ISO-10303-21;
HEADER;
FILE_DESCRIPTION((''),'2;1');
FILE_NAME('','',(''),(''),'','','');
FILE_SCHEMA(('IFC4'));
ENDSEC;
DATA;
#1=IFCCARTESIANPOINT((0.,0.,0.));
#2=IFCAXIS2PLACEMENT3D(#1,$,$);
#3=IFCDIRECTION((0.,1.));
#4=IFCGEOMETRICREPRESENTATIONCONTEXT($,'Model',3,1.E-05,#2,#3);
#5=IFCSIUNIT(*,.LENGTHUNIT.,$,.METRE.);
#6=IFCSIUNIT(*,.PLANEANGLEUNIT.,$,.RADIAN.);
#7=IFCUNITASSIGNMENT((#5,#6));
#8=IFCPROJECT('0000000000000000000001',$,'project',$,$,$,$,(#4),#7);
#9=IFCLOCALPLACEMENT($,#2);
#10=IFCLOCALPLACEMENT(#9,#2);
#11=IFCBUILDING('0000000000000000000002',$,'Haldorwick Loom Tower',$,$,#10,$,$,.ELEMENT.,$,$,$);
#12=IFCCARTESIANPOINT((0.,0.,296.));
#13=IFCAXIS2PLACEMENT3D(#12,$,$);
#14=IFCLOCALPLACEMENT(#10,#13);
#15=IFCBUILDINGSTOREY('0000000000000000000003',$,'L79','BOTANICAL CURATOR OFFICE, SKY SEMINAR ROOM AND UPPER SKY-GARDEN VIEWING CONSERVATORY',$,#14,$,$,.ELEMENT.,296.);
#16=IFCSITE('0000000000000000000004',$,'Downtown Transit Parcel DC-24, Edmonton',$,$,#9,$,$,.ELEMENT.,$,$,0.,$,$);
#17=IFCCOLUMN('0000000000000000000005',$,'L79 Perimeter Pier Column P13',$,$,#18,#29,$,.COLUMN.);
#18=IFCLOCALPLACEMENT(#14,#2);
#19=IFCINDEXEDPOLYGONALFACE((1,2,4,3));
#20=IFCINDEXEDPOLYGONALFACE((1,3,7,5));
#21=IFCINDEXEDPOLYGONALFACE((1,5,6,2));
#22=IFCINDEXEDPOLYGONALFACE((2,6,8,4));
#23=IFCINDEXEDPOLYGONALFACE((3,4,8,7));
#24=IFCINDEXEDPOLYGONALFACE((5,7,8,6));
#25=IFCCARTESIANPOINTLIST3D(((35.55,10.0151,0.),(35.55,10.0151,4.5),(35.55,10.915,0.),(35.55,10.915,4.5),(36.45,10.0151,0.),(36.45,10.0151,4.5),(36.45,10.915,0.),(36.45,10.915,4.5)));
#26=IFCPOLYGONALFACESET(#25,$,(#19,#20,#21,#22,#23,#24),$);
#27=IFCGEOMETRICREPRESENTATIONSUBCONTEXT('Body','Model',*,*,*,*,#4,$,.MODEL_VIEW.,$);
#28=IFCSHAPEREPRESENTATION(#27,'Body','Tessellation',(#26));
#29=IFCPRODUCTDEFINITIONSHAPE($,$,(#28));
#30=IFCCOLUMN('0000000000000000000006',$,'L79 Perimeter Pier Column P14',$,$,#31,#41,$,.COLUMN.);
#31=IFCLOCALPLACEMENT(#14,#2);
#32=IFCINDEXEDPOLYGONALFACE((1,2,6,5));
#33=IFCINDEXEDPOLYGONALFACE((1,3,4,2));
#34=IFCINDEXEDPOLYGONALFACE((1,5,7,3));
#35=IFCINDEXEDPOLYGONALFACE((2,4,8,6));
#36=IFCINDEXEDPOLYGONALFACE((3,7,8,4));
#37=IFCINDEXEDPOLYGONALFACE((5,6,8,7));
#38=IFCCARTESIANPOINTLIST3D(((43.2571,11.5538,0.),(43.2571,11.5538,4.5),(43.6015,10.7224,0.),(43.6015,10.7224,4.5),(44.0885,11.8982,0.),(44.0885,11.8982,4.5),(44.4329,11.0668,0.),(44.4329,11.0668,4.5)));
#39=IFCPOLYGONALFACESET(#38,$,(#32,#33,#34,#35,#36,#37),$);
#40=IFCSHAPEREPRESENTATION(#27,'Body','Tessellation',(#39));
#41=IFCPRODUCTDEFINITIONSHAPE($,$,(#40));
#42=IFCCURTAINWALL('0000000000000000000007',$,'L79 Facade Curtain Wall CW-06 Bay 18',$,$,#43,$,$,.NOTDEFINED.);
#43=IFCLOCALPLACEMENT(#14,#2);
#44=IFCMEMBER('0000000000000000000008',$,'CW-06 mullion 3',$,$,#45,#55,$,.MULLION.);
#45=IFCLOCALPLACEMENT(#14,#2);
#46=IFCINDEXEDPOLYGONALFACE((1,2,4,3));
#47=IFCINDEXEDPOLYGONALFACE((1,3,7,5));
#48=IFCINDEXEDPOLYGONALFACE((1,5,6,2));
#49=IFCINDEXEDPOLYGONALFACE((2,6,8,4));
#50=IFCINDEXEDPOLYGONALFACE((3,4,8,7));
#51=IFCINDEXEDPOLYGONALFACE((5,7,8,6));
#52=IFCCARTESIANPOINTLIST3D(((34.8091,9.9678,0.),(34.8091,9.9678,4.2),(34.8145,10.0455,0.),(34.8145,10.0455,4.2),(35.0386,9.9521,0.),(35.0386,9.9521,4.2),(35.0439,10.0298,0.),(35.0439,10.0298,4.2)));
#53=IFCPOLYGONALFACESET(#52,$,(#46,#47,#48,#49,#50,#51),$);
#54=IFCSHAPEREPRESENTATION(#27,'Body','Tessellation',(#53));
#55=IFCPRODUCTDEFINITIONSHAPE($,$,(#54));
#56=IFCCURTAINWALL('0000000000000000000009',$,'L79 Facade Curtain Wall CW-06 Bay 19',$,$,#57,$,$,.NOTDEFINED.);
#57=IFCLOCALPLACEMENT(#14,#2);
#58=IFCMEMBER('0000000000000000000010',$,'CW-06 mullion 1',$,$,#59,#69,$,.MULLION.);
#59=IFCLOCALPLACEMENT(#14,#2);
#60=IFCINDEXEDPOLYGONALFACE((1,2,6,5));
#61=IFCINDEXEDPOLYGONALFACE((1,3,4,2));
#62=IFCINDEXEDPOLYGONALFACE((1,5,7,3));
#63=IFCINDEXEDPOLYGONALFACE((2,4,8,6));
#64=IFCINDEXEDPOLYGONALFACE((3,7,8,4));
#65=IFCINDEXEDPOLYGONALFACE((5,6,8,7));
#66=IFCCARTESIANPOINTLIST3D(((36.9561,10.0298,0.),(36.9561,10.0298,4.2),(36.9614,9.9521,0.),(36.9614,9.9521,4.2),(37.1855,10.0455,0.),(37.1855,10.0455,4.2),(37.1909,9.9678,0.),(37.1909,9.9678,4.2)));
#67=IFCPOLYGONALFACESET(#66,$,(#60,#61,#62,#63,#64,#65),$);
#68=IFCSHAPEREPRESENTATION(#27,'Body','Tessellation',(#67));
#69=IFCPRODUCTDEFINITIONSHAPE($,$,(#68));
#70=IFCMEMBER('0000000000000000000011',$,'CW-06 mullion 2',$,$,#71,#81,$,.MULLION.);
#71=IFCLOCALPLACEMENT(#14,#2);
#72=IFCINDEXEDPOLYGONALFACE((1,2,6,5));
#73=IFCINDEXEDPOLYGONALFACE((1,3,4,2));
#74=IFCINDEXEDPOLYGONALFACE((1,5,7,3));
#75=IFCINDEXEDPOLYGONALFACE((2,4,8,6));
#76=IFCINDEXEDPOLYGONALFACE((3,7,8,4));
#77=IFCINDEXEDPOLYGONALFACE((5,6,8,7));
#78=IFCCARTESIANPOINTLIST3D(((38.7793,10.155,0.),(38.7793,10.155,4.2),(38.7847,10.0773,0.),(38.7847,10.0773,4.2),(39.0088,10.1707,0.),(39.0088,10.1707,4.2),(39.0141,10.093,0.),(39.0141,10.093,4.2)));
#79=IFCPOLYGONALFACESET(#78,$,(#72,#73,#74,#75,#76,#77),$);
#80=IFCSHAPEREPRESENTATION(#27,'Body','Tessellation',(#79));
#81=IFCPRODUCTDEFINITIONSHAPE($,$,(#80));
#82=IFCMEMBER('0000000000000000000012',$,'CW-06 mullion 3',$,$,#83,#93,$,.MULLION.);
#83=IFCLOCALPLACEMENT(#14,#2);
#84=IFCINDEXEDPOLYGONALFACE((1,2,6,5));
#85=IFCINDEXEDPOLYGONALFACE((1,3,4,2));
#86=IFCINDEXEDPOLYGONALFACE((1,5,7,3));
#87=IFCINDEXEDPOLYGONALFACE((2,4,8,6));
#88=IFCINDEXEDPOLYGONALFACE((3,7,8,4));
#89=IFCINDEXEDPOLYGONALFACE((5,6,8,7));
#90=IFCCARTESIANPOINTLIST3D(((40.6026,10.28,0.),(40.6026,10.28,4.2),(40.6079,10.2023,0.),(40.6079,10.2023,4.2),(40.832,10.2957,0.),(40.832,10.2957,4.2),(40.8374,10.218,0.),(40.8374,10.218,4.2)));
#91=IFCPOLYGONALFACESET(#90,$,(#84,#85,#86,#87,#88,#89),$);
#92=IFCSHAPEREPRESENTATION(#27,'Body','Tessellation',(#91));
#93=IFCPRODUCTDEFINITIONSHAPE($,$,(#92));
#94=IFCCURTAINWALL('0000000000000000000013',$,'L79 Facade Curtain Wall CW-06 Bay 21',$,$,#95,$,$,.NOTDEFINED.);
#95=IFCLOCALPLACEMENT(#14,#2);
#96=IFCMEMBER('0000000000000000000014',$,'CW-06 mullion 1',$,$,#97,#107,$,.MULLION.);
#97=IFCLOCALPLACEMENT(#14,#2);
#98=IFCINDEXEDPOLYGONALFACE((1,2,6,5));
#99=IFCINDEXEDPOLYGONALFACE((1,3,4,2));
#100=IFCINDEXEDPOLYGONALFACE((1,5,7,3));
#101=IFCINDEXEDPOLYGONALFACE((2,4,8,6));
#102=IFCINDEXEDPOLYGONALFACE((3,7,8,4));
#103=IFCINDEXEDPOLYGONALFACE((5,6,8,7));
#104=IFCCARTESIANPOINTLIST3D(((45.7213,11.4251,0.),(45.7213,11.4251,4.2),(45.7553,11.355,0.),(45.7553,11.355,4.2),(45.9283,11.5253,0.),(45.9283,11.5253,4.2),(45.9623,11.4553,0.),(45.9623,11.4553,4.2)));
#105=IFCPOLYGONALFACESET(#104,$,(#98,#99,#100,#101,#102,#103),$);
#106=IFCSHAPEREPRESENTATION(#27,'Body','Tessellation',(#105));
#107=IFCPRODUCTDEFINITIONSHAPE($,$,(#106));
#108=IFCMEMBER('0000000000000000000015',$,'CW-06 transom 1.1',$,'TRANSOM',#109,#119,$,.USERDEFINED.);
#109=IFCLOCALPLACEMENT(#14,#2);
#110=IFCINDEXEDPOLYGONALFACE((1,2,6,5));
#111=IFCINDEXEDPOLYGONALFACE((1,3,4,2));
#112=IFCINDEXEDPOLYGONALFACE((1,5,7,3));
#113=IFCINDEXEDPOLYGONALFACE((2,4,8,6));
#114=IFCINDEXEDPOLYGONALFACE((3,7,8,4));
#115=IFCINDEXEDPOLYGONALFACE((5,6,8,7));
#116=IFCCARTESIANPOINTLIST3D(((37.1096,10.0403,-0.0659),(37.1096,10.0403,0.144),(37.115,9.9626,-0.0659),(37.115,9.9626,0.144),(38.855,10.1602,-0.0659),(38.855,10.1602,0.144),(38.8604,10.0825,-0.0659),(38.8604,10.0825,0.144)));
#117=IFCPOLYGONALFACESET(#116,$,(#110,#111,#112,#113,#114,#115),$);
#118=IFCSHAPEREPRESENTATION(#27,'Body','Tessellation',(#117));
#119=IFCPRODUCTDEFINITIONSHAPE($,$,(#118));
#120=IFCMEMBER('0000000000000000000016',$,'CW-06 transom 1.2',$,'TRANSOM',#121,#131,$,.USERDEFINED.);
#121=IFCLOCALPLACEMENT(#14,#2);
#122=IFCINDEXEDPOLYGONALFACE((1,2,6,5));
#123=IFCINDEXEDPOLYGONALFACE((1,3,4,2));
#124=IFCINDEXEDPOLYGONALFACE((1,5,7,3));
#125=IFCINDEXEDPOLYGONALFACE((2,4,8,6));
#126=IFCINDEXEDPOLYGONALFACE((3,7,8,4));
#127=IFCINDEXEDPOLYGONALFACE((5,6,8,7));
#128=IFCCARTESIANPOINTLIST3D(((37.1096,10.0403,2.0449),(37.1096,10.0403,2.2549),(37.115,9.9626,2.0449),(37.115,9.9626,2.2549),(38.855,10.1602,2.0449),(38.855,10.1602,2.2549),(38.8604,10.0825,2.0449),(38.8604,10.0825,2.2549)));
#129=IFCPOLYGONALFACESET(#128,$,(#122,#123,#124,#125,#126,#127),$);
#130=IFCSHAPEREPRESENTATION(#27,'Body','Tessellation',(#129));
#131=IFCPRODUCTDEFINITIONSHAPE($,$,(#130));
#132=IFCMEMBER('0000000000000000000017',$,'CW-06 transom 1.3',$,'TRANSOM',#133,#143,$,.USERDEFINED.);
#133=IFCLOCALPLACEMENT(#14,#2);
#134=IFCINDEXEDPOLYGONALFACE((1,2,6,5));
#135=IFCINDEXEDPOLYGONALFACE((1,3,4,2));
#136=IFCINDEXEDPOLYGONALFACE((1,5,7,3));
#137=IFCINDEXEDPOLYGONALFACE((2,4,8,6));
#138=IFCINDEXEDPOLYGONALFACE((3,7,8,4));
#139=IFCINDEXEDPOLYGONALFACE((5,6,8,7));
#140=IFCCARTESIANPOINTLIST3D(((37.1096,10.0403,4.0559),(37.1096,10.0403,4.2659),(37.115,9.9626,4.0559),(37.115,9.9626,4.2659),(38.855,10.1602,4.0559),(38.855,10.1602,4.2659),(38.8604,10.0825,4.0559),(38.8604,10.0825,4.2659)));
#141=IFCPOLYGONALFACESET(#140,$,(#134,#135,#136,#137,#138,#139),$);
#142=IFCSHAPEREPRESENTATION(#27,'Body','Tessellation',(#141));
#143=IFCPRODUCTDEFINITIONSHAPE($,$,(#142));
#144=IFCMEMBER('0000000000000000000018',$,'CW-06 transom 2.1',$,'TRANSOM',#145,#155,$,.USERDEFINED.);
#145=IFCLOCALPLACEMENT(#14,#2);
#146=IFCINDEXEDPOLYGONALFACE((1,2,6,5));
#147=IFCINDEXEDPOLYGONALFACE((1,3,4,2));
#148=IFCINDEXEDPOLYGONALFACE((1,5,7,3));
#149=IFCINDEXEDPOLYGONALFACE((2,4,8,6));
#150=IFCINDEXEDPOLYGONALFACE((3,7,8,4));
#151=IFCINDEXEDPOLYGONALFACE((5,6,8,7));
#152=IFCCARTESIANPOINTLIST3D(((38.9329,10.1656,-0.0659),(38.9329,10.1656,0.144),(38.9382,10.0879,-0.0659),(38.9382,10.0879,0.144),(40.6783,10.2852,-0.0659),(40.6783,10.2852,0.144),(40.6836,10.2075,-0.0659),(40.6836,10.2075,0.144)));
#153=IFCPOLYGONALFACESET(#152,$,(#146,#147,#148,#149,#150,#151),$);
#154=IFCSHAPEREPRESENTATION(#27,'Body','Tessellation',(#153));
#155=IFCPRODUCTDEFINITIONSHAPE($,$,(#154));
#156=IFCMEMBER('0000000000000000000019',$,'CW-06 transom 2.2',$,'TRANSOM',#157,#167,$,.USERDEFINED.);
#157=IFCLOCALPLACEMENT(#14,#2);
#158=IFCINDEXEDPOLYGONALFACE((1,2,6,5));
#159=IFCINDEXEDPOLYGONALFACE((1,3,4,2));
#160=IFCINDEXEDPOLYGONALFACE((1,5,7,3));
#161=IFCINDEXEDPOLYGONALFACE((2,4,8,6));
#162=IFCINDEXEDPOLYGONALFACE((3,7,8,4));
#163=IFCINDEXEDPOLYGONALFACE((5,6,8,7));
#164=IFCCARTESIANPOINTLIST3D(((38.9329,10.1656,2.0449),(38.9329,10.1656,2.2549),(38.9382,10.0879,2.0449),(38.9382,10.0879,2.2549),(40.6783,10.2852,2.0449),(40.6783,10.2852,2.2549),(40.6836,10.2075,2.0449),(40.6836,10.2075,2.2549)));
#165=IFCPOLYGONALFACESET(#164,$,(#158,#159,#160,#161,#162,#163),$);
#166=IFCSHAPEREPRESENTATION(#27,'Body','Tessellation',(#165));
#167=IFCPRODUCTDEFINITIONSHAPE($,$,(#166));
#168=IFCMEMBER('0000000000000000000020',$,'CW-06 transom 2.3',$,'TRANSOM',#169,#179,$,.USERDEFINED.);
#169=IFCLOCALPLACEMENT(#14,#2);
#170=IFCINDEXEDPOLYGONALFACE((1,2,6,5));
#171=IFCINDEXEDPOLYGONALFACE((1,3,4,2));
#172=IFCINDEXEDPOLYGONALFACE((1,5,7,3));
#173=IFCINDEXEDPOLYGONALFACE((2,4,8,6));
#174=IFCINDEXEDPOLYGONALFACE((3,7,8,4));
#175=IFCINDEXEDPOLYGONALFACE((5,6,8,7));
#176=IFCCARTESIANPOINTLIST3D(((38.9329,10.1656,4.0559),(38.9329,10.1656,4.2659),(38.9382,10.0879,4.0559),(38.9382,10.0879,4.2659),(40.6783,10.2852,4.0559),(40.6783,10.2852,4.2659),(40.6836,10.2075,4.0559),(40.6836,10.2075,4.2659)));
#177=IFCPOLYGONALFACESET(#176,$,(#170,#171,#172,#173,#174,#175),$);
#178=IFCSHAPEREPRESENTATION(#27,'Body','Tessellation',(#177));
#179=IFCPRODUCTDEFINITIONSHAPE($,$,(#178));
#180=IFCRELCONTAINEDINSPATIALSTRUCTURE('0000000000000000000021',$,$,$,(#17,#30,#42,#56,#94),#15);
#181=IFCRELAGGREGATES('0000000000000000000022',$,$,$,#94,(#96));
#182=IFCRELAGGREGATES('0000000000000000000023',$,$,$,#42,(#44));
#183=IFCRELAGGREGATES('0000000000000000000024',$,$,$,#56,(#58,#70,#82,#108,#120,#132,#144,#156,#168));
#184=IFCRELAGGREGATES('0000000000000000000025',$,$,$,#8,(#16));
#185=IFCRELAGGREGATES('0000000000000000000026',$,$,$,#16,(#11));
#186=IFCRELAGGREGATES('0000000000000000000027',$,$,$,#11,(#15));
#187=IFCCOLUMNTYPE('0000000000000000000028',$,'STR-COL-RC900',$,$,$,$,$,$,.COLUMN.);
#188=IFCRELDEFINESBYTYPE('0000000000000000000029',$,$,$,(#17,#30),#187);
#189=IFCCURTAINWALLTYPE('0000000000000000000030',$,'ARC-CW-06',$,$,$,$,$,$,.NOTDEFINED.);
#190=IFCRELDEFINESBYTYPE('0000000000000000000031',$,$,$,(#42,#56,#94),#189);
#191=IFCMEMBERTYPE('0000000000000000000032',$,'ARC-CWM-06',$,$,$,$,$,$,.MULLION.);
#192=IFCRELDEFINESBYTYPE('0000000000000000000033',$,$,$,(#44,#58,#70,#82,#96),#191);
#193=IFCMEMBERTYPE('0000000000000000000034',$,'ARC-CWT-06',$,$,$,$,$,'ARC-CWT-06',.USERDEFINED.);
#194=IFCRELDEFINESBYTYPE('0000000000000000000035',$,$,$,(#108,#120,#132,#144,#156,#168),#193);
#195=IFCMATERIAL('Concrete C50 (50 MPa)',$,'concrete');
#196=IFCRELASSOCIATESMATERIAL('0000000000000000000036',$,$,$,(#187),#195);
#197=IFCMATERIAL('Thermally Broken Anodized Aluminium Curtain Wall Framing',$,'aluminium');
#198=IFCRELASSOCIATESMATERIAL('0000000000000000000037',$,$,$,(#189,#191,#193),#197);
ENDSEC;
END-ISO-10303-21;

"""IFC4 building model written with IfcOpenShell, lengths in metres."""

from ifc_helpers import new_model, si_unit, direction, frame, origin, origin_2d, place, context, subcontext, project, spatial, rectangle, extrude, material, material_profile, profile_set, type_object, element, aggregate, save


model = new_model("IFC4")

# Units and contexts
model_context = context("Model", 3, precision=1e-05, world=origin(), true_north=direction((0.0, 1.0)))
body_context = subcontext(model_context, "Body", "Model", "MODEL_VIEW")
ifc_project = project(units=[si_unit("LENGTHUNIT", "METRE"), si_unit("PLANEANGLEUNIT", "RADIAN")], contexts=[model_context])

# Site, building, storey
site_placement = place(None, origin())
site = spatial("IfcSite", under=ifc_project, at=site_placement, Name="Downtown Transit Parcel DC-24, Edmonton", CompositionType="ELEMENT", RefElevation=0.0)
building_placement = place(site_placement, origin())
building = spatial("IfcBuilding", under=site, at=building_placement, Name="Haldorwick Loom Tower", CompositionType="ELEMENT")
storey_placement = place(building_placement, frame((0.0, 0.0, 296.0)))
storey = spatial("IfcBuildingStorey", under=building, at=storey_placement, Name="L79", Description="BOTANICAL CURATOR OFFICE, SKY SEMINAR ROOM AND UPPER SKY-GARDEN VIEWING CONSERVATORY", CompositionType="ELEMENT", Elevation=296.0)

# Columns
ifc_material_1 = material(Name="Concrete C50 (50 MPa)", Category="concrete")
ifc_material_profile_1 = material_profile(ifc_material_1, rectangle(XDim=0.8999, YDim=0.8999, at=origin_2d()), Name="RC900X900", Category="concrete")
ifc_profile_set_1 = profile_set([ifc_material_profile_1], Name="Concrete C50 (50 MPa)")
column_type = type_object("IfcColumnType", Name="STR-COL-RC900", PredefinedType="COLUMN", material=ifc_profile_set_1)
for number, where, z_axis, x_axis, name in (
    (1, (36.0, 10.4651, 0.0), (0.0, 0.0, 1.0), (0.0, -1.0, 0.0), "L79 Perimeter Pier Column P13"),
    (2, (43.845, 11.3103, 0.0), (0.0, 0.0, 1.0), (0.382683, -0.92388, 0.0), "L79 Perimeter Pier Column P14"),
):
    element("IfcColumn", number, at=place(storey_placement, frame(where, z_axis=z_axis, x_axis=x_axis)), inside=storey, type_object=column_type, Name=name, PredefinedType="COLUMN", context=body_context, shape_type="SweptSolid", body=[
        extrude(rectangle(XDim=0.8999, YDim=0.8999, at=origin_2d()), origin(), (0.0, 0.0, 1.0), 4.5),
    ])

# Curtain wall, member
ifc_material_2 = material(Name="Thermally Broken Anodized Aluminium Curtain Wall Framing", Category="aluminium")
curtain_wall_type = type_object("IfcCurtainWallType", Name="ARC-CW-06", PredefinedType="NOTDEFINED", material=ifc_material_2)
curtain_wall_1_placement = place(storey_placement, origin())
curtain_wall_1 = element("IfcCurtainWall", 3, at=curtain_wall_1_placement, inside=storey, type_object=curtain_wall_type, Name="L79 Facade Curtain Wall CW-06 Bay 18", PredefinedType="NOTDEFINED")
ifc_material_profile_2 = material_profile(ifc_material_2, rectangle(XDim=0.0779, YDim=0.23, at=origin_2d()), Name="ALU_MUL_78X230", Category="aluminium")
ifc_profile_set_2 = profile_set([ifc_material_profile_2], Name="Thermally Broken Anodized Aluminium Curtain Wall Framing")
member_type_1 = type_object("IfcMemberType", Name="ARC-CWM-06", PredefinedType="MULLION", material=ifc_profile_set_2)
member_1_placement = place(storey_placement, frame((34.9265, 9.9988, 0.0), z_axis=(0.0, 0.0, 1.0), x_axis=(0.068469, 0.997653, 0.0)))
member_1 = element("IfcMember", 4, at=member_1_placement, type_object=member_type_1, Name="CW-06 mullion 3", PredefinedType="MULLION", context=body_context, shape_type="SweptSolid", body=[
    extrude(rectangle(XDim=0.0779, YDim=0.23, at=origin_2d()), origin(), (0.0, 0.0, 1.0), 4.2),
])

# Curtain wall, members
curtain_wall_2_placement = place(storey_placement, origin())
curtain_wall_2 = element("IfcCurtainWall", 5, at=curtain_wall_2_placement, inside=storey, type_object=curtain_wall_type, Name="L79 Facade Curtain Wall CW-06 Bay 19", PredefinedType="NOTDEFINED")
member_2_placement = place(storey_placement, frame((37.0735, 9.9988, 0.0), z_axis=(0.0, 0.0, 1.0), x_axis=(-0.068469, 0.997653, 0.0)))
member_2 = element("IfcMember", 6, at=member_2_placement, type_object=member_type_1, Name="CW-06 mullion 1", PredefinedType="MULLION", context=body_context, shape_type="SweptSolid", body=[
    extrude(rectangle(XDim=0.0779, YDim=0.23, at=origin_2d()), origin(), (0.0, 0.0, 1.0), 4.2),
])
member_3_placement = place(storey_placement, frame((38.8967, 10.124, 0.0), z_axis=(0.0, 0.0, 1.0), x_axis=(-0.068469, 0.997653, 0.0)))
member_3 = element("IfcMember", 7, at=member_3_placement, type_object=member_type_1, Name="CW-06 mullion 2", PredefinedType="MULLION", context=body_context, shape_type="SweptSolid", body=[
    extrude(rectangle(XDim=0.0779, YDim=0.23, at=origin_2d()), origin(), (0.0, 0.0, 1.0), 4.2),
])
member_4_placement = place(storey_placement, frame((40.72, 10.249, 0.0), z_axis=(0.0, 0.0, 1.0), x_axis=(-0.068469, 0.997653, 0.0)))
member_4 = element("IfcMember", 8, at=member_4_placement, type_object=member_type_1, Name="CW-06 mullion 3", PredefinedType="MULLION", context=body_context, shape_type="SweptSolid", body=[
    extrude(rectangle(XDim=0.0779, YDim=0.23, at=origin_2d()), origin(), (0.0, 0.0, 1.0), 4.2),
])

# Curtain wall, member
curtain_wall_3_placement = place(storey_placement, origin())
curtain_wall_3 = element("IfcCurtainWall", 9, at=curtain_wall_3_placement, inside=storey, type_object=curtain_wall_type, Name="L79 Facade Curtain Wall CW-06 Bay 21", PredefinedType="NOTDEFINED")
member_5_placement = place(storey_placement, frame((45.8418, 11.4402, 0.0), z_axis=(0.0, 0.0, 1.0), x_axis=(-0.435824, 0.900032, 0.0)))
member_5 = element("IfcMember", 10, at=member_5_placement, type_object=member_type_1, Name="CW-06 mullion 1", PredefinedType="MULLION", context=body_context, shape_type="SweptSolid", body=[
    extrude(rectangle(XDim=0.0779, YDim=0.23, at=origin_2d()), origin(), (0.0, 0.0, 1.0), 4.2),
])
aggregate(curtain_wall_3, [member_5])

# Members
ifc_material_profile_3 = material_profile(ifc_material_2, rectangle(XDim=0.0779, YDim=0.21, at=origin_2d()), Name="ALU_TRN_78X210", Category="aluminium")
ifc_profile_set_3 = profile_set([ifc_material_profile_3], Name="Thermally Broken Anodized Aluminium Curtain Wall Framing")
member_type_2 = type_object("IfcMemberType", Name="ARC-CWT-06", ElementType="ARC-CWT-06", PredefinedType="USERDEFINED", material=ifc_profile_set_3)
member_6_placement = place(storey_placement, frame((37.1123, 10.0015, 0.0391), z_axis=(0.99765, 0.06852, 0.0), x_axis=(-0.06852, 0.99765, 0.0)))
member_6 = element("IfcMember", 11, at=member_6_placement, type_object=member_type_2, Name="CW-06 transom 1.1", ObjectType="TRANSOM", PredefinedType="USERDEFINED", context=body_context, shape_type="SweptSolid", body=[
    extrude(rectangle(XDim=0.0779, YDim=0.21, at=origin_2d()), origin(), (0.0, 0.0, 1.0), 1.7495),
])
member_7_placement = place(storey_placement, frame((37.1123, 10.0015, 2.1499), z_axis=(0.99765, 0.06852, 0.0), x_axis=(-0.06852, 0.99765, 0.0)))
member_7 = element("IfcMember", 12, at=member_7_placement, type_object=member_type_2, Name="CW-06 transom 1.2", ObjectType="TRANSOM", PredefinedType="USERDEFINED", context=body_context, shape_type="SweptSolid", body=[
    extrude(rectangle(XDim=0.0779, YDim=0.21, at=origin_2d()), origin(), (0.0, 0.0, 1.0), 1.7495),
])
member_8_placement = place(storey_placement, frame((37.1123, 10.0015, 4.1609), z_axis=(0.99765, 0.06852, 0.0), x_axis=(-0.06852, 0.99765, 0.0)))
member_8 = element("IfcMember", 13, at=member_8_placement, type_object=member_type_2, Name="CW-06 transom 1.3", ObjectType="TRANSOM", PredefinedType="USERDEFINED", context=body_context, shape_type="SweptSolid", body=[
    extrude(rectangle(XDim=0.0779, YDim=0.21, at=origin_2d()), origin(), (0.0, 0.0, 1.0), 1.7495),
])
member_9_placement = place(storey_placement, frame((38.9355, 10.1267, 0.0391), z_axis=(0.997659, 0.068381, 0.0), x_axis=(-0.068381, 0.997659, 0.0)))
member_9 = element("IfcMember", 14, at=member_9_placement, type_object=member_type_2, Name="CW-06 transom 2.1", ObjectType="TRANSOM", PredefinedType="USERDEFINED", context=body_context, shape_type="SweptSolid", body=[
    extrude(rectangle(XDim=0.0779, YDim=0.21, at=origin_2d()), origin(), (0.0, 0.0, 1.0), 1.7495),
])
member_10_placement = place(storey_placement, frame((38.9355, 10.1267, 2.1499), z_axis=(0.997659, 0.068381, 0.0), x_axis=(-0.068381, 0.997659, 0.0)))
member_10 = element("IfcMember", 15, at=member_10_placement, type_object=member_type_2, Name="CW-06 transom 2.2", ObjectType="TRANSOM", PredefinedType="USERDEFINED", context=body_context, shape_type="SweptSolid", body=[
    extrude(rectangle(XDim=0.0779, YDim=0.21, at=origin_2d()), origin(), (0.0, 0.0, 1.0), 1.7495),
])
member_11_placement = place(storey_placement, frame((38.9355, 10.1267, 4.1609), z_axis=(0.997659, 0.068381, 0.0), x_axis=(-0.068381, 0.997659, 0.0)))
member_11 = element("IfcMember", 16, at=member_11_placement, type_object=member_type_2, Name="CW-06 transom 2.3", ObjectType="TRANSOM", PredefinedType="USERDEFINED", context=body_context, shape_type="SweptSolid", body=[
    extrude(rectangle(XDim=0.0779, YDim=0.21, at=origin_2d()), origin(), (0.0, 0.0, 1.0), 1.7495),
])

aggregate(curtain_wall_1, [member_1])
aggregate(curtain_wall_2, [member_2, member_3, member_4, member_6, member_7, member_8, member_9, member_10, member_11])

save(model, "model.ifc")
